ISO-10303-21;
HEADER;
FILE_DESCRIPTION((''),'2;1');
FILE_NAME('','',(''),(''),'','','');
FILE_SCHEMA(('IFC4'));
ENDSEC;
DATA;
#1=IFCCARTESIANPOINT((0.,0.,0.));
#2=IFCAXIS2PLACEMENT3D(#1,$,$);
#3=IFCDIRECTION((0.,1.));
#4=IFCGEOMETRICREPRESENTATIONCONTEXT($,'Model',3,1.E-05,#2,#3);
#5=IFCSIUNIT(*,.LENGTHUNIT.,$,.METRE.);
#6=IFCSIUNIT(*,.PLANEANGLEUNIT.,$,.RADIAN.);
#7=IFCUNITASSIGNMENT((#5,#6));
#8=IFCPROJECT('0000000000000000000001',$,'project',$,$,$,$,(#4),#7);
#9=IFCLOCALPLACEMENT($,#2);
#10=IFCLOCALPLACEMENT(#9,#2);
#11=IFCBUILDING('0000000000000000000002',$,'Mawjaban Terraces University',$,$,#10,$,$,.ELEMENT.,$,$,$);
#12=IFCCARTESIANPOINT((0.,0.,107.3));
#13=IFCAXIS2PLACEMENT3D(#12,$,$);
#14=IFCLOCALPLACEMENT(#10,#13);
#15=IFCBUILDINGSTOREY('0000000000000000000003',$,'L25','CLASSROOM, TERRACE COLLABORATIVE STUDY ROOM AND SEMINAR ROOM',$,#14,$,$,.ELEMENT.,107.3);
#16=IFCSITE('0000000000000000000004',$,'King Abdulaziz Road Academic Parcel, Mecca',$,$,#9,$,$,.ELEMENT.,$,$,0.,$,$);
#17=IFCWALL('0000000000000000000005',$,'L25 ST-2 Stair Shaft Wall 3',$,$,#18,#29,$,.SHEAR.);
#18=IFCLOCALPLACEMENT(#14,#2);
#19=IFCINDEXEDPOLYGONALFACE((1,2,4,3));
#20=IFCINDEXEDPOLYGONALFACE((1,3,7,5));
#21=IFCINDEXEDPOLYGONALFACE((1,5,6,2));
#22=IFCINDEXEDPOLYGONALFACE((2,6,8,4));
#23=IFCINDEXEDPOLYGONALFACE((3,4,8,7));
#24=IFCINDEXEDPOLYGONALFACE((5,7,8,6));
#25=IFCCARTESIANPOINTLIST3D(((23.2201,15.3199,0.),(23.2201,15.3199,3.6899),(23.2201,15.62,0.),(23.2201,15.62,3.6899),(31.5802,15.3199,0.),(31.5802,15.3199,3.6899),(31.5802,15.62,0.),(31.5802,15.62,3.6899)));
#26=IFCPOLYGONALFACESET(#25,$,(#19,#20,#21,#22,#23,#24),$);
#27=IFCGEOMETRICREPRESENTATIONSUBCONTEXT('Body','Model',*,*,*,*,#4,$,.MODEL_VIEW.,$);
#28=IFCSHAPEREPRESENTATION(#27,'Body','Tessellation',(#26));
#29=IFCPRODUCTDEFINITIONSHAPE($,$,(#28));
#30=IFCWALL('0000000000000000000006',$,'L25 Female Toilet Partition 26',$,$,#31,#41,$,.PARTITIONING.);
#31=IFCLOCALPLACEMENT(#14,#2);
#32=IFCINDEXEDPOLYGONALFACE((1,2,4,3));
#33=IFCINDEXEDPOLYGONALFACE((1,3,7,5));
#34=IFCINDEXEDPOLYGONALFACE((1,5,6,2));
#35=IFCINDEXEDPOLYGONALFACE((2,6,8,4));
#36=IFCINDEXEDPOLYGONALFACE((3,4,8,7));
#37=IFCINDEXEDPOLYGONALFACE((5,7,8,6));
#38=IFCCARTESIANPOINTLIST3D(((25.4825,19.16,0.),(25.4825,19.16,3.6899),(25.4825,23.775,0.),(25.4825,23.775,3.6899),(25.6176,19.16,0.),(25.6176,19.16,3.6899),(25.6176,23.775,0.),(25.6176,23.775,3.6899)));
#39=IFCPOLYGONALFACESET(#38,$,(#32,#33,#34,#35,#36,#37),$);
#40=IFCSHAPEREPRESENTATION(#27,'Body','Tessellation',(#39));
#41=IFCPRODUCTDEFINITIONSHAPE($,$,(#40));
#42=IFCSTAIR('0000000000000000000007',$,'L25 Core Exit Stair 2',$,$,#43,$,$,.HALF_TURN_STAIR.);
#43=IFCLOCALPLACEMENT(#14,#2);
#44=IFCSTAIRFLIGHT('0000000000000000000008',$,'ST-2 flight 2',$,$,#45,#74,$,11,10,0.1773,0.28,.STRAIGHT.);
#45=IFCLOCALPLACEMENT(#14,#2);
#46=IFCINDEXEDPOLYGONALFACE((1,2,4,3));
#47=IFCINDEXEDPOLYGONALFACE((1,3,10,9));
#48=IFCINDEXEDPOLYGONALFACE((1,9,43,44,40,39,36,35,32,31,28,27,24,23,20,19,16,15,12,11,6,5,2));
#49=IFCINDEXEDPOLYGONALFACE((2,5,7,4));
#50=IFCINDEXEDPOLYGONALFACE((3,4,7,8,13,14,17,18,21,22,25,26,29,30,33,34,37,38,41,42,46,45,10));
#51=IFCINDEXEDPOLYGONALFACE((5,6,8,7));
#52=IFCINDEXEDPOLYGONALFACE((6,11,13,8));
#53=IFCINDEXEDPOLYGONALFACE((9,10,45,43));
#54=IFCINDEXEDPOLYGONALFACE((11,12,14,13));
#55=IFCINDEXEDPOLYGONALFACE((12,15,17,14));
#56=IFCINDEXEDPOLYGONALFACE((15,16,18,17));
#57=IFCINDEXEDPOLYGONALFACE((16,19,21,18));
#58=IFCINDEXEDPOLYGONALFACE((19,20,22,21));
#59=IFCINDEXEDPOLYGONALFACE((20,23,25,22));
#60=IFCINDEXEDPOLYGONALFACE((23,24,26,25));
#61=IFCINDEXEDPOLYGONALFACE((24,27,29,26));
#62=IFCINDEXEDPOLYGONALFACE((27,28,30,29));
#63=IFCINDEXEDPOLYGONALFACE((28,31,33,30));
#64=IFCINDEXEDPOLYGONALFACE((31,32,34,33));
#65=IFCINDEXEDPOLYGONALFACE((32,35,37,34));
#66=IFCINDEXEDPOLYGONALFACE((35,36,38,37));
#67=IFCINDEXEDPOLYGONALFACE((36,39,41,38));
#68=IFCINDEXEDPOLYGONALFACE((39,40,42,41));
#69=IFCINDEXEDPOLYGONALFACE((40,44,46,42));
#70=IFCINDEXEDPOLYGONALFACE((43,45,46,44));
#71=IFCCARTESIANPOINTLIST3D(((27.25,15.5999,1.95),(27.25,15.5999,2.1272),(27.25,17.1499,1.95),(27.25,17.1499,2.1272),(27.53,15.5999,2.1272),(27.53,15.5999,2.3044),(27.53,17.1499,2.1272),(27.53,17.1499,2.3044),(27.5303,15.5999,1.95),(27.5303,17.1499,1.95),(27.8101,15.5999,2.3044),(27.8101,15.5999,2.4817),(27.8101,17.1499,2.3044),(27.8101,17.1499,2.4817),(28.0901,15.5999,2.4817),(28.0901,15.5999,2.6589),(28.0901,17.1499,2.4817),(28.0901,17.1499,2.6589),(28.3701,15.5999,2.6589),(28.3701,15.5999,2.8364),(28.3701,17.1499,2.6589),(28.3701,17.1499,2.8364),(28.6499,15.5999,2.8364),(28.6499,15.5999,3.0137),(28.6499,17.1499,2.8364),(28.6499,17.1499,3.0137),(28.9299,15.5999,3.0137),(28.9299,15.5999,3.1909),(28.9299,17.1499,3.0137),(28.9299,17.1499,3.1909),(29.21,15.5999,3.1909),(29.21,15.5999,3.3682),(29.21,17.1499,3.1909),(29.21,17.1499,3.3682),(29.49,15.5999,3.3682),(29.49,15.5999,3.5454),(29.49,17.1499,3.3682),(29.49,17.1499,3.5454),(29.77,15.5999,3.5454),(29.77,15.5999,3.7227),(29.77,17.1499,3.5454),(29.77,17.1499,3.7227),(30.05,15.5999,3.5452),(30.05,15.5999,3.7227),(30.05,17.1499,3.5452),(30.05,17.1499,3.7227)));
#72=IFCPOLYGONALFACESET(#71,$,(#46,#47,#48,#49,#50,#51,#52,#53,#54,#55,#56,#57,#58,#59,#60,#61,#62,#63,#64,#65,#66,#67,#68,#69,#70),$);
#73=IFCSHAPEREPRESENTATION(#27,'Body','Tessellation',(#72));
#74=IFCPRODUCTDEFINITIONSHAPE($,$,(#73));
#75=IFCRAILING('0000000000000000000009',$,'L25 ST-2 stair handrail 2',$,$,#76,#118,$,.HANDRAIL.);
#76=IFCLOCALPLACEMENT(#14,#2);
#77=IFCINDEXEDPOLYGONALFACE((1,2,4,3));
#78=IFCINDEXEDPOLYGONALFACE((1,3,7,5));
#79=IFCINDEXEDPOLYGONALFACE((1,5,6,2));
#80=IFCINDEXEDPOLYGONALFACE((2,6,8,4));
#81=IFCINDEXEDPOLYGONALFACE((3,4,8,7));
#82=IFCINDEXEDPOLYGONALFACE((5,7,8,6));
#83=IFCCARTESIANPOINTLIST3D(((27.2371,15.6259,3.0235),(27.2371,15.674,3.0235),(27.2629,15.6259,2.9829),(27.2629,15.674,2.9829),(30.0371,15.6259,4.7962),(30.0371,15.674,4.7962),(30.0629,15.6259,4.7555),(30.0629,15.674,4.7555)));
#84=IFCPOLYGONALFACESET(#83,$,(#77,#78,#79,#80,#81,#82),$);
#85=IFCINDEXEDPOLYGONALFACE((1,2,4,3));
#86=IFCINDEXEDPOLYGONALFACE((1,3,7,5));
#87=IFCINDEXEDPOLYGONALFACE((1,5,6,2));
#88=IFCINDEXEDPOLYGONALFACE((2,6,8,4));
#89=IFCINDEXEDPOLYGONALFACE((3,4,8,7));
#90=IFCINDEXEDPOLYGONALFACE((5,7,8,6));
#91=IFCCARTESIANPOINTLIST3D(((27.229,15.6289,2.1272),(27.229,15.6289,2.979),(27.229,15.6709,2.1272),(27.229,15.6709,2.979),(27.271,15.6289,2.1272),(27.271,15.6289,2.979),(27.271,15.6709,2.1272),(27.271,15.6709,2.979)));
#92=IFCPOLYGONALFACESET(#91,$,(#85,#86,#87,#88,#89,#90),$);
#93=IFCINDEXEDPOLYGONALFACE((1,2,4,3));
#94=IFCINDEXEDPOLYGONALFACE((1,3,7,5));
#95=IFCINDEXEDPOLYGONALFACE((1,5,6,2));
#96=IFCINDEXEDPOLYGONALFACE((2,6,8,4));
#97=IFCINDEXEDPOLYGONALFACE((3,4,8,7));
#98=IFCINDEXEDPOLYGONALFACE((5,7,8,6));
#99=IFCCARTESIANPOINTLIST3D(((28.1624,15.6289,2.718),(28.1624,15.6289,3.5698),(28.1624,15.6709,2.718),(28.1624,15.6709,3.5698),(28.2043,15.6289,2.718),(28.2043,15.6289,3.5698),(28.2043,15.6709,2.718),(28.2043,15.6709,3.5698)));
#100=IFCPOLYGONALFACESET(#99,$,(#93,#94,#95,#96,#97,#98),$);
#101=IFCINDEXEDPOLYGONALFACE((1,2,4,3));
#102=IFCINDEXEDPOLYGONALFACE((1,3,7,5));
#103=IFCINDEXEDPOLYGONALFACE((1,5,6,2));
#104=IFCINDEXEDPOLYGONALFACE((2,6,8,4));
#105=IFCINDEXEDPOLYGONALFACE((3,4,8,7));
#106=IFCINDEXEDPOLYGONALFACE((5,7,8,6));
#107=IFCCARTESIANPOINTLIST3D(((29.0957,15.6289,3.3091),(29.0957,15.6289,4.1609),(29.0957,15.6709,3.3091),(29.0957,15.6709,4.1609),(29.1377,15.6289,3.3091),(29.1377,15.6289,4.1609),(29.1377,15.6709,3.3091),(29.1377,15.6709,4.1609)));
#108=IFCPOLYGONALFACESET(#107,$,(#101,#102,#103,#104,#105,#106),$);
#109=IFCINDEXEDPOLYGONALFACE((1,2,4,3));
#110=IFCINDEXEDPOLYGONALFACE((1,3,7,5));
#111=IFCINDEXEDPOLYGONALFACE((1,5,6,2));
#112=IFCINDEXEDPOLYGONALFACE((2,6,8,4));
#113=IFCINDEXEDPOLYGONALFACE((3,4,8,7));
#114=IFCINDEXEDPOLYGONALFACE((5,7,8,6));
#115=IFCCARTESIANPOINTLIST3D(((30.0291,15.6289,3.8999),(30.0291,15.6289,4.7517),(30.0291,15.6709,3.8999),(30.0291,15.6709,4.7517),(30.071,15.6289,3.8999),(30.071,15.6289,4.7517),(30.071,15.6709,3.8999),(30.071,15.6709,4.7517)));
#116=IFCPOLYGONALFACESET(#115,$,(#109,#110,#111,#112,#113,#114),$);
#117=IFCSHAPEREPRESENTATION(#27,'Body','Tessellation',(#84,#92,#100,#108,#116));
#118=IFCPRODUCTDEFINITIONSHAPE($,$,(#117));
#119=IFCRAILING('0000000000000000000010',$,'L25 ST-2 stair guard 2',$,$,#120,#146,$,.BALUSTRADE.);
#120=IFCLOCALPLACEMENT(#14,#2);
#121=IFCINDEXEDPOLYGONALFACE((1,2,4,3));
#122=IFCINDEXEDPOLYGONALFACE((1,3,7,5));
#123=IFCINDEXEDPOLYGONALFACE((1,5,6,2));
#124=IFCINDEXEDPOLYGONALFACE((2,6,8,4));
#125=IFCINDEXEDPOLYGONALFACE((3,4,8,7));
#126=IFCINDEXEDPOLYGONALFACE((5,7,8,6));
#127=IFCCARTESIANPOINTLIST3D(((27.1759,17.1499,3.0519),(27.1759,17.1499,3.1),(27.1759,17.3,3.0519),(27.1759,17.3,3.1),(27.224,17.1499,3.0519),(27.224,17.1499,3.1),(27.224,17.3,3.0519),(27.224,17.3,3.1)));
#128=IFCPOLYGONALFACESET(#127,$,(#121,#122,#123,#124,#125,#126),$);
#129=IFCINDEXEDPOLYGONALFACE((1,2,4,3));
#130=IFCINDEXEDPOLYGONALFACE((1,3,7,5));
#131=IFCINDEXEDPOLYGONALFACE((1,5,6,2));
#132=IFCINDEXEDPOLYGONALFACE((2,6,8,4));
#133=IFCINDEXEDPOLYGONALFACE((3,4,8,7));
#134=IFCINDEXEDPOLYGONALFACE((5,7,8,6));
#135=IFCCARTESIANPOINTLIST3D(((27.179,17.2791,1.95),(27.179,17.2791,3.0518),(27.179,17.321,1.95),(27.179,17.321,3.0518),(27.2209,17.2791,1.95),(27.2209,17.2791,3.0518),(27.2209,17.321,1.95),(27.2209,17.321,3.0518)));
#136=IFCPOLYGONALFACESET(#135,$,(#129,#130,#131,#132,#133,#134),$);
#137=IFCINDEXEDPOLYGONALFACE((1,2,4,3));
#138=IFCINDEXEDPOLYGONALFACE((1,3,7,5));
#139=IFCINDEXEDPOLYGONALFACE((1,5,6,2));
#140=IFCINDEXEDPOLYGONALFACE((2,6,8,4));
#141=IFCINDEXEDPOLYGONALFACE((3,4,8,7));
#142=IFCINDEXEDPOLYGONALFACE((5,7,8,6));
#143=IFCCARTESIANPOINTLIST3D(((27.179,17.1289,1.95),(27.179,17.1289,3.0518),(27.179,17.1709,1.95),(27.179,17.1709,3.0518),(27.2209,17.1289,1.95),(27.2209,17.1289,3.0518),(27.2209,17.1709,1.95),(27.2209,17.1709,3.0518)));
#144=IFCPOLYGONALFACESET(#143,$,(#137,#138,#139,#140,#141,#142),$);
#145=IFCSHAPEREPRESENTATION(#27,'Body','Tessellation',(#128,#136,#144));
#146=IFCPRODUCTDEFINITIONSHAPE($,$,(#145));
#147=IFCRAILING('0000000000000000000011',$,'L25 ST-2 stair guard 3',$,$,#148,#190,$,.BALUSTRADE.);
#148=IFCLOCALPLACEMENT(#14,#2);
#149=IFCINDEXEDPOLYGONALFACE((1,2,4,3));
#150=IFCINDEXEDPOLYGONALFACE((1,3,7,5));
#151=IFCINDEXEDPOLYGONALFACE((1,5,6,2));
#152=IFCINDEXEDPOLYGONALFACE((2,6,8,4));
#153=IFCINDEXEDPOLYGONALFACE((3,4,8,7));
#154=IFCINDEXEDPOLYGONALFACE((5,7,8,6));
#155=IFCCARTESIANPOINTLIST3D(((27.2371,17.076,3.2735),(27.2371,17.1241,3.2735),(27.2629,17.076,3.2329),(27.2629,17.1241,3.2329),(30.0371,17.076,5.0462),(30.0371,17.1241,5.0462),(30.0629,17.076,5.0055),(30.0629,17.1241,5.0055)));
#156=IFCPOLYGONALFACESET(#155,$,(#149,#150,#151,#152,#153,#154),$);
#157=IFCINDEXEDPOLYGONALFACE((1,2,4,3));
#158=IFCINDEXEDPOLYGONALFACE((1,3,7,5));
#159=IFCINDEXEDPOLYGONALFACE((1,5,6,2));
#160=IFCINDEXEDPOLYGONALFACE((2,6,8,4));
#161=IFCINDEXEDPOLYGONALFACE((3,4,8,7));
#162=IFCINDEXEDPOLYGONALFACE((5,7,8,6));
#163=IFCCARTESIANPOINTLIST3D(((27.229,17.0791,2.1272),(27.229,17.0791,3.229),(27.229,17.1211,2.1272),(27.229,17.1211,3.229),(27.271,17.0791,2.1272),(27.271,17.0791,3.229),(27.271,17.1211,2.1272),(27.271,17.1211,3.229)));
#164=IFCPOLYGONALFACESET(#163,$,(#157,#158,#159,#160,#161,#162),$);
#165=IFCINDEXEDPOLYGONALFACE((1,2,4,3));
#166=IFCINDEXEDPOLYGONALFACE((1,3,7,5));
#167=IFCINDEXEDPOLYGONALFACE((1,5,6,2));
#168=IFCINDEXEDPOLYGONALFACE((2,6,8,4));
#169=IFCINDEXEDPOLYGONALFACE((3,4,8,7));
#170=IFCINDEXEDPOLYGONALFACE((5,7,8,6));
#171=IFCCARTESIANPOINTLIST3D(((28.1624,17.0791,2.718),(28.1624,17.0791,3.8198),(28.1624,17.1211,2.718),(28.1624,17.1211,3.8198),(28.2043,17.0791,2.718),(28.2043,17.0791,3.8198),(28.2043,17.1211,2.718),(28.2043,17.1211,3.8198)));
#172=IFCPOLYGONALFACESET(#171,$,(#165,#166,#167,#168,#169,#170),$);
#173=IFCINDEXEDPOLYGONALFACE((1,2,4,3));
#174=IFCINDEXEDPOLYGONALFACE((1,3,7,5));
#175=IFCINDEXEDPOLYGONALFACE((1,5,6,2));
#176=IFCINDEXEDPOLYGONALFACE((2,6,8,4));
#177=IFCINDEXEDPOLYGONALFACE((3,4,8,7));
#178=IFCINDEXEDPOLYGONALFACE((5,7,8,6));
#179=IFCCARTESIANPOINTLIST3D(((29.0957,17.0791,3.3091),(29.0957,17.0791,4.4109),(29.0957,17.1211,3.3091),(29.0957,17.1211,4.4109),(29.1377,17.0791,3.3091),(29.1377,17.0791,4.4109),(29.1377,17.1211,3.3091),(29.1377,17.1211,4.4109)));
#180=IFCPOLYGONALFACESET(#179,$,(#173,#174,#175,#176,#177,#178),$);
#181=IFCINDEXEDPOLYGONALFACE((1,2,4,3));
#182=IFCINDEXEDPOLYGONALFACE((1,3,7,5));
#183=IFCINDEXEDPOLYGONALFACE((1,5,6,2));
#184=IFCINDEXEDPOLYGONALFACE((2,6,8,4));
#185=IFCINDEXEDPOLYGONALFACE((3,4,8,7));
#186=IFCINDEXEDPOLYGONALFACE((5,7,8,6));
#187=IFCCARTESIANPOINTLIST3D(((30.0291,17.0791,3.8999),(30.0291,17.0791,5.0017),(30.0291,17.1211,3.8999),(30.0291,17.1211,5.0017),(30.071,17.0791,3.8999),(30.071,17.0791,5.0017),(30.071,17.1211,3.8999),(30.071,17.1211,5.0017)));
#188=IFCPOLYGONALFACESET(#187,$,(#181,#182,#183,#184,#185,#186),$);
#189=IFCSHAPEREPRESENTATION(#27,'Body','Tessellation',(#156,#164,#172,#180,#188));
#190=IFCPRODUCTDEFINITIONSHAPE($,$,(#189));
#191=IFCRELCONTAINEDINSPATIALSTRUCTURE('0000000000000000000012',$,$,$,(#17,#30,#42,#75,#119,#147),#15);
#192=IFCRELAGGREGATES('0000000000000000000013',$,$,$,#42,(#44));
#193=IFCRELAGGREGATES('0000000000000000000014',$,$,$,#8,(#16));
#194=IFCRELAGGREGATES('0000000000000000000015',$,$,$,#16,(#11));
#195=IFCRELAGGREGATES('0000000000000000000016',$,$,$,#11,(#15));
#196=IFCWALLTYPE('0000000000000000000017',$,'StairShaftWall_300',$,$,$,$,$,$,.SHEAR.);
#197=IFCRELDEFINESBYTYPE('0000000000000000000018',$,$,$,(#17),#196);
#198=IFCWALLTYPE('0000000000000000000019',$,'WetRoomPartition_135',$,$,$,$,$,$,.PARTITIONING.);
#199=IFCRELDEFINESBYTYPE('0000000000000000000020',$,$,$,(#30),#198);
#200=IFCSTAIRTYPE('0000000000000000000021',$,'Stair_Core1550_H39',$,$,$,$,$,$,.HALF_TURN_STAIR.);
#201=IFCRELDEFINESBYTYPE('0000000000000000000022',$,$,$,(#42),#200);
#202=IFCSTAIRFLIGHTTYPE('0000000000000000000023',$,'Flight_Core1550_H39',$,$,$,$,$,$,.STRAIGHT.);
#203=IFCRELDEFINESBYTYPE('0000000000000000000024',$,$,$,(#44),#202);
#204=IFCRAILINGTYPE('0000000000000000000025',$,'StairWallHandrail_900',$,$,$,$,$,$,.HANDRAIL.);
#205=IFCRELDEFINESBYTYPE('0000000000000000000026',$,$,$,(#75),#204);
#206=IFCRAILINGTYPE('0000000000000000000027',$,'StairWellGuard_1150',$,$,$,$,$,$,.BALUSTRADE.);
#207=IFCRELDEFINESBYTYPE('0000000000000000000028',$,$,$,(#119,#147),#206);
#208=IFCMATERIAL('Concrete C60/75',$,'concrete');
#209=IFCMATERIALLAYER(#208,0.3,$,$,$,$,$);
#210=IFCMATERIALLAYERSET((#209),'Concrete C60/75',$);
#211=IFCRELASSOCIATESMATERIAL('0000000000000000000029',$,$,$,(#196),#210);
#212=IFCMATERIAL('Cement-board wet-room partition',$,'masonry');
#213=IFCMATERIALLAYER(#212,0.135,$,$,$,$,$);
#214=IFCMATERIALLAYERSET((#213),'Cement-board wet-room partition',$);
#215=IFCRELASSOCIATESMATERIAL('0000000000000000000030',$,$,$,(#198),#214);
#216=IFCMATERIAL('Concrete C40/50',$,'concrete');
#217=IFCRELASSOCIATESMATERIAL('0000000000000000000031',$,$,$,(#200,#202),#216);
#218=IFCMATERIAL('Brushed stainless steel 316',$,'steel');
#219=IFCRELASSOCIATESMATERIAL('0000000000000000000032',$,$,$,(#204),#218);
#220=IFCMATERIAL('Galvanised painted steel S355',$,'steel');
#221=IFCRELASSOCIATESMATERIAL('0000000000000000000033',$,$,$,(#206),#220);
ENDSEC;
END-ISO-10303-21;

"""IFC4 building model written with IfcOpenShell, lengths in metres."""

from ifc_helpers import new_model, si_unit, direction, frame, frame_2d, origin, origin_2d, place, context, subcontext, project, spatial, polyline, rectangle, outline, extrude, material, layer, layer_set, type_object, element, aggregate, save


model = new_model("IFC4")

# Units and contexts
model_context = context("Model", 3, precision=1e-05, world=origin(), true_north=direction((0.0, 1.0)))
body_context = subcontext(model_context, "Body", "Model", "MODEL_VIEW")
ifc_project = project(units=[si_unit("LENGTHUNIT", "METRE"), si_unit("PLANEANGLEUNIT", "RADIAN")], contexts=[model_context])

# Site, building, storey
site_placement = place(None, origin())
site = spatial("IfcSite", under=ifc_project, at=site_placement, Name="King Abdulaziz Road Academic Parcel, Mecca", CompositionType="ELEMENT", RefElevation=0.0)
building_placement = place(site_placement, origin())
building = spatial("IfcBuilding", under=site, at=building_placement, Name="Mawjaban Terraces University", CompositionType="ELEMENT")
storey_placement = place(building_placement, frame((0.0, 0.0, 107.3)))
storey = spatial("IfcBuildingStorey", under=building, at=storey_placement, Name="L25", Description="CLASSROOM, TERRACE COLLABORATIVE STUDY ROOM AND SEMINAR ROOM", CompositionType="ELEMENT", Elevation=107.3)

# Shared definitions
ifc_material_1 = material(Name="Concrete C60/75", Category="concrete")

# Walls
ifc_material_2 = material(Name="Concrete C40/50", Category="concrete")
ifc_layer_1 = layer(ifc_material_1, 0.3)
ifc_layer_set_1 = layer_set([ifc_layer_1], Name="Concrete C60/75")
wall_type_1 = type_object("IfcWallType", Name="StairShaftWall_300", PredefinedType="SHEAR", material=ifc_layer_set_1)
wall_1_placement = place(storey_placement, frame((23.22, 15.47, 0.0), z_axis=(0.0, 0.0, 1.0), x_axis=(1.0, 0.0, 0.0)))
element("IfcWall", 1, at=wall_1_placement, inside=storey, type_object=wall_type_1, Name="L25 ST-2 Stair Shaft Wall 3", PredefinedType="SHEAR", context=body_context, shape_type="SweptSolid", body=[
    extrude(rectangle(XDim=8.3601, YDim=0.3, at=frame_2d((4.1802, 0.0))), origin(), (0.0, 0.0, 1.0), 3.6899),
])
ifc_material_3 = material(Name="Cement-board wet-room partition", Category="masonry")
ifc_layer_2 = layer(ifc_material_3, 0.135)
ifc_layer_set_2 = layer_set([ifc_layer_2], Name="Cement-board wet-room partition")
wall_type_2 = type_object("IfcWallType", Name="WetRoomPartition_135", PredefinedType="PARTITIONING", material=ifc_layer_set_2)
wall_2_placement = place(storey_placement, frame((25.55, 19.1599, 0.0), z_axis=(0.0, 0.0, 1.0), x_axis=(0.0, 1.0, 0.0)))
element("IfcWall", 2, at=wall_2_placement, inside=storey, type_object=wall_type_2, Name="L25 Female Toilet Partition 26", PredefinedType="PARTITIONING", context=body_context, shape_type="SweptSolid", body=[
    extrude(rectangle(XDim=4.615, YDim=0.135, at=frame_2d((2.3076, 0.0))), origin(), (0.0, 0.0, 1.0), 3.6899),
])

# Stair, stair flight
stair_type = type_object("IfcStairType", Name="Stair_Core1550_H39", PredefinedType="HALF_TURN_STAIR", material=ifc_material_2)
stair_placement = place(storey_placement, origin())
stair = element("IfcStair", 3, at=stair_placement, inside=storey, type_object=stair_type, Name="L25 Core Exit Stair 2", PredefinedType="HALF_TURN_STAIR")
stair_flight_type = type_object("IfcStairFlightType", Name="Flight_Core1550_H39", PredefinedType="STRAIGHT", material=ifc_material_2)
stair_flight_placement = place(storey_placement, frame((27.25, 16.375, 1.95), z_axis=(0.0, 0.0, 1.0), x_axis=(1.0, 0.0, 0.0)))
stair_flight = element("IfcStairFlight", 4, at=stair_flight_placement, type_object=stair_flight_type, Name="ST-2 flight 2", NumberOfRisers=11, NumberOfTreads=10, PredefinedType="STRAIGHT", RiserHeight=0.1773, TreadLength=0.28, context=body_context, shape_type="SweptSolid", body=[
    extrude(outline(polyline([(0.0, 0.0), (0.0, 0.1772), (0.28, 0.1772), (0.28, 0.3545), (0.5601, 0.3545), (0.5601, 0.5317), (0.8401, 0.5317), (0.8401, 0.709), (1.1201, 0.709), (1.1201, 0.8865), (1.3999, 0.8865), (1.3999, 1.0637), (1.6799, 1.0637), (1.6799, 1.241), (1.96, 1.241), (1.96, 1.4182), (2.24, 1.4182), (2.24, 1.5955), (2.52, 1.5955), (2.52, 1.7727), (2.8, 1.7727), (2.8, 1.95), (2.8, 1.5952), (0.2803, 0.0), (0.0, 0.0)])), frame((0.0, 0.7749, 0.0), z_axis=(0.0, -1.0, 0.0), x_axis=(1.0, 0.0, 0.0)), (0.0, 0.0, 1.0), 1.55),
])
aggregate(stair, [stair_flight])

# Railings
ifc_material_4 = material(Name="Brushed stainless steel 316", Category="steel")
railing_type_1 = type_object("IfcRailingType", Name="StairWallHandrail_900", PredefinedType="HANDRAIL", material=ifc_material_4)
railing_1_placement = place(storey_placement, frame((27.25, 15.6499, 2.1272)))
element("IfcRailing", 5, at=railing_1_placement, inside=storey, type_object=railing_type_1, Name="L25 ST-2 stair handrail 2", PredefinedType="HANDRAIL", context=body_context, shape_type="SweptSolid", body=[
    extrude(rectangle(XDim=0.0481, YDim=0.0481, at=origin_2d()), frame((0.0, 0.0, 0.876), z_axis=(0.844909, 0.0, 0.53491), x_axis=(0.0, 1.0, 0.0)), (0.0, 0.0, 1.0), 3.314),
    extrude(rectangle(XDim=0.042, YDim=0.042, at=origin_2d()), origin(), (0.0, 0.0, 1.0), 0.8518),
    extrude(rectangle(XDim=0.042, YDim=0.042, at=origin_2d()), frame((0.9333, 0.0, 0.5908)), (0.0, 0.0, 1.0), 0.8518),
    extrude(rectangle(XDim=0.042, YDim=0.042, at=origin_2d()), frame((1.8667, 0.0, 1.1819)), (0.0, 0.0, 1.0), 0.8518),
    extrude(rectangle(XDim=0.042, YDim=0.042, at=origin_2d()), frame((2.8, 0.0, 1.7727)), (0.0, 0.0, 1.0), 0.8518),
])
ifc_material_5 = material(Name="Galvanised painted steel S355", Category="steel")
railing_type_2 = type_object("IfcRailingType", Name="StairWellGuard_1150", PredefinedType="BALUSTRADE", material=ifc_material_5)
railing_2_placement = place(storey_placement, frame((27.2, 17.3, 1.95)))
element("IfcRailing", 6, at=railing_2_placement, inside=storey, type_object=railing_type_2, Name="L25 ST-2 stair guard 2", PredefinedType="BALUSTRADE", context=body_context, shape_type="SweptSolid", body=[
    extrude(rectangle(XDim=0.0481, YDim=0.0481, at=origin_2d()), frame((0.0, 0.0, 1.126), z_axis=(0.0, -1.0, 0.0), x_axis=(1.0, 0.0, 0.0)), (0.0, 0.0, 1.0), 0.1501),
    extrude(rectangle(XDim=0.042, YDim=0.042, at=origin_2d()), origin(), (0.0, 0.0, 1.0), 1.1018),
    extrude(rectangle(XDim=0.042, YDim=0.042, at=origin_2d()), frame((0.0, -0.1501, 0.0)), (0.0, 0.0, 1.0), 1.1018),
])
railing_3_placement = place(storey_placement, frame((27.25, 17.1001, 2.1272)))
element("IfcRailing", 7, at=railing_3_placement, inside=storey, type_object=railing_type_2, Name="L25 ST-2 stair guard 3", PredefinedType="BALUSTRADE", context=body_context, shape_type="SweptSolid", body=[
    extrude(rectangle(XDim=0.0481, YDim=0.0481, at=origin_2d()), frame((0.0, 0.0, 1.126), z_axis=(0.844909, 0.0, 0.53491), x_axis=(0.0, 1.0, 0.0)), (0.0, 0.0, 1.0), 3.314),
    extrude(rectangle(XDim=0.042, YDim=0.042, at=origin_2d()), origin(), (0.0, 0.0, 1.0), 1.1018),
    extrude(rectangle(XDim=0.042, YDim=0.042, at=origin_2d()), frame((0.9333, 0.0, 0.5908)), (0.0, 0.0, 1.0), 1.1018),
    extrude(rectangle(XDim=0.042, YDim=0.042, at=origin_2d()), frame((1.8667, 0.0, 1.1819)), (0.0, 0.0, 1.0), 1.1018),
    extrude(rectangle(XDim=0.042, YDim=0.042, at=origin_2d()), frame((2.8, 0.0, 1.7727)), (0.0, 0.0, 1.0), 1.1018),
])

save(model, "model.ifc")
